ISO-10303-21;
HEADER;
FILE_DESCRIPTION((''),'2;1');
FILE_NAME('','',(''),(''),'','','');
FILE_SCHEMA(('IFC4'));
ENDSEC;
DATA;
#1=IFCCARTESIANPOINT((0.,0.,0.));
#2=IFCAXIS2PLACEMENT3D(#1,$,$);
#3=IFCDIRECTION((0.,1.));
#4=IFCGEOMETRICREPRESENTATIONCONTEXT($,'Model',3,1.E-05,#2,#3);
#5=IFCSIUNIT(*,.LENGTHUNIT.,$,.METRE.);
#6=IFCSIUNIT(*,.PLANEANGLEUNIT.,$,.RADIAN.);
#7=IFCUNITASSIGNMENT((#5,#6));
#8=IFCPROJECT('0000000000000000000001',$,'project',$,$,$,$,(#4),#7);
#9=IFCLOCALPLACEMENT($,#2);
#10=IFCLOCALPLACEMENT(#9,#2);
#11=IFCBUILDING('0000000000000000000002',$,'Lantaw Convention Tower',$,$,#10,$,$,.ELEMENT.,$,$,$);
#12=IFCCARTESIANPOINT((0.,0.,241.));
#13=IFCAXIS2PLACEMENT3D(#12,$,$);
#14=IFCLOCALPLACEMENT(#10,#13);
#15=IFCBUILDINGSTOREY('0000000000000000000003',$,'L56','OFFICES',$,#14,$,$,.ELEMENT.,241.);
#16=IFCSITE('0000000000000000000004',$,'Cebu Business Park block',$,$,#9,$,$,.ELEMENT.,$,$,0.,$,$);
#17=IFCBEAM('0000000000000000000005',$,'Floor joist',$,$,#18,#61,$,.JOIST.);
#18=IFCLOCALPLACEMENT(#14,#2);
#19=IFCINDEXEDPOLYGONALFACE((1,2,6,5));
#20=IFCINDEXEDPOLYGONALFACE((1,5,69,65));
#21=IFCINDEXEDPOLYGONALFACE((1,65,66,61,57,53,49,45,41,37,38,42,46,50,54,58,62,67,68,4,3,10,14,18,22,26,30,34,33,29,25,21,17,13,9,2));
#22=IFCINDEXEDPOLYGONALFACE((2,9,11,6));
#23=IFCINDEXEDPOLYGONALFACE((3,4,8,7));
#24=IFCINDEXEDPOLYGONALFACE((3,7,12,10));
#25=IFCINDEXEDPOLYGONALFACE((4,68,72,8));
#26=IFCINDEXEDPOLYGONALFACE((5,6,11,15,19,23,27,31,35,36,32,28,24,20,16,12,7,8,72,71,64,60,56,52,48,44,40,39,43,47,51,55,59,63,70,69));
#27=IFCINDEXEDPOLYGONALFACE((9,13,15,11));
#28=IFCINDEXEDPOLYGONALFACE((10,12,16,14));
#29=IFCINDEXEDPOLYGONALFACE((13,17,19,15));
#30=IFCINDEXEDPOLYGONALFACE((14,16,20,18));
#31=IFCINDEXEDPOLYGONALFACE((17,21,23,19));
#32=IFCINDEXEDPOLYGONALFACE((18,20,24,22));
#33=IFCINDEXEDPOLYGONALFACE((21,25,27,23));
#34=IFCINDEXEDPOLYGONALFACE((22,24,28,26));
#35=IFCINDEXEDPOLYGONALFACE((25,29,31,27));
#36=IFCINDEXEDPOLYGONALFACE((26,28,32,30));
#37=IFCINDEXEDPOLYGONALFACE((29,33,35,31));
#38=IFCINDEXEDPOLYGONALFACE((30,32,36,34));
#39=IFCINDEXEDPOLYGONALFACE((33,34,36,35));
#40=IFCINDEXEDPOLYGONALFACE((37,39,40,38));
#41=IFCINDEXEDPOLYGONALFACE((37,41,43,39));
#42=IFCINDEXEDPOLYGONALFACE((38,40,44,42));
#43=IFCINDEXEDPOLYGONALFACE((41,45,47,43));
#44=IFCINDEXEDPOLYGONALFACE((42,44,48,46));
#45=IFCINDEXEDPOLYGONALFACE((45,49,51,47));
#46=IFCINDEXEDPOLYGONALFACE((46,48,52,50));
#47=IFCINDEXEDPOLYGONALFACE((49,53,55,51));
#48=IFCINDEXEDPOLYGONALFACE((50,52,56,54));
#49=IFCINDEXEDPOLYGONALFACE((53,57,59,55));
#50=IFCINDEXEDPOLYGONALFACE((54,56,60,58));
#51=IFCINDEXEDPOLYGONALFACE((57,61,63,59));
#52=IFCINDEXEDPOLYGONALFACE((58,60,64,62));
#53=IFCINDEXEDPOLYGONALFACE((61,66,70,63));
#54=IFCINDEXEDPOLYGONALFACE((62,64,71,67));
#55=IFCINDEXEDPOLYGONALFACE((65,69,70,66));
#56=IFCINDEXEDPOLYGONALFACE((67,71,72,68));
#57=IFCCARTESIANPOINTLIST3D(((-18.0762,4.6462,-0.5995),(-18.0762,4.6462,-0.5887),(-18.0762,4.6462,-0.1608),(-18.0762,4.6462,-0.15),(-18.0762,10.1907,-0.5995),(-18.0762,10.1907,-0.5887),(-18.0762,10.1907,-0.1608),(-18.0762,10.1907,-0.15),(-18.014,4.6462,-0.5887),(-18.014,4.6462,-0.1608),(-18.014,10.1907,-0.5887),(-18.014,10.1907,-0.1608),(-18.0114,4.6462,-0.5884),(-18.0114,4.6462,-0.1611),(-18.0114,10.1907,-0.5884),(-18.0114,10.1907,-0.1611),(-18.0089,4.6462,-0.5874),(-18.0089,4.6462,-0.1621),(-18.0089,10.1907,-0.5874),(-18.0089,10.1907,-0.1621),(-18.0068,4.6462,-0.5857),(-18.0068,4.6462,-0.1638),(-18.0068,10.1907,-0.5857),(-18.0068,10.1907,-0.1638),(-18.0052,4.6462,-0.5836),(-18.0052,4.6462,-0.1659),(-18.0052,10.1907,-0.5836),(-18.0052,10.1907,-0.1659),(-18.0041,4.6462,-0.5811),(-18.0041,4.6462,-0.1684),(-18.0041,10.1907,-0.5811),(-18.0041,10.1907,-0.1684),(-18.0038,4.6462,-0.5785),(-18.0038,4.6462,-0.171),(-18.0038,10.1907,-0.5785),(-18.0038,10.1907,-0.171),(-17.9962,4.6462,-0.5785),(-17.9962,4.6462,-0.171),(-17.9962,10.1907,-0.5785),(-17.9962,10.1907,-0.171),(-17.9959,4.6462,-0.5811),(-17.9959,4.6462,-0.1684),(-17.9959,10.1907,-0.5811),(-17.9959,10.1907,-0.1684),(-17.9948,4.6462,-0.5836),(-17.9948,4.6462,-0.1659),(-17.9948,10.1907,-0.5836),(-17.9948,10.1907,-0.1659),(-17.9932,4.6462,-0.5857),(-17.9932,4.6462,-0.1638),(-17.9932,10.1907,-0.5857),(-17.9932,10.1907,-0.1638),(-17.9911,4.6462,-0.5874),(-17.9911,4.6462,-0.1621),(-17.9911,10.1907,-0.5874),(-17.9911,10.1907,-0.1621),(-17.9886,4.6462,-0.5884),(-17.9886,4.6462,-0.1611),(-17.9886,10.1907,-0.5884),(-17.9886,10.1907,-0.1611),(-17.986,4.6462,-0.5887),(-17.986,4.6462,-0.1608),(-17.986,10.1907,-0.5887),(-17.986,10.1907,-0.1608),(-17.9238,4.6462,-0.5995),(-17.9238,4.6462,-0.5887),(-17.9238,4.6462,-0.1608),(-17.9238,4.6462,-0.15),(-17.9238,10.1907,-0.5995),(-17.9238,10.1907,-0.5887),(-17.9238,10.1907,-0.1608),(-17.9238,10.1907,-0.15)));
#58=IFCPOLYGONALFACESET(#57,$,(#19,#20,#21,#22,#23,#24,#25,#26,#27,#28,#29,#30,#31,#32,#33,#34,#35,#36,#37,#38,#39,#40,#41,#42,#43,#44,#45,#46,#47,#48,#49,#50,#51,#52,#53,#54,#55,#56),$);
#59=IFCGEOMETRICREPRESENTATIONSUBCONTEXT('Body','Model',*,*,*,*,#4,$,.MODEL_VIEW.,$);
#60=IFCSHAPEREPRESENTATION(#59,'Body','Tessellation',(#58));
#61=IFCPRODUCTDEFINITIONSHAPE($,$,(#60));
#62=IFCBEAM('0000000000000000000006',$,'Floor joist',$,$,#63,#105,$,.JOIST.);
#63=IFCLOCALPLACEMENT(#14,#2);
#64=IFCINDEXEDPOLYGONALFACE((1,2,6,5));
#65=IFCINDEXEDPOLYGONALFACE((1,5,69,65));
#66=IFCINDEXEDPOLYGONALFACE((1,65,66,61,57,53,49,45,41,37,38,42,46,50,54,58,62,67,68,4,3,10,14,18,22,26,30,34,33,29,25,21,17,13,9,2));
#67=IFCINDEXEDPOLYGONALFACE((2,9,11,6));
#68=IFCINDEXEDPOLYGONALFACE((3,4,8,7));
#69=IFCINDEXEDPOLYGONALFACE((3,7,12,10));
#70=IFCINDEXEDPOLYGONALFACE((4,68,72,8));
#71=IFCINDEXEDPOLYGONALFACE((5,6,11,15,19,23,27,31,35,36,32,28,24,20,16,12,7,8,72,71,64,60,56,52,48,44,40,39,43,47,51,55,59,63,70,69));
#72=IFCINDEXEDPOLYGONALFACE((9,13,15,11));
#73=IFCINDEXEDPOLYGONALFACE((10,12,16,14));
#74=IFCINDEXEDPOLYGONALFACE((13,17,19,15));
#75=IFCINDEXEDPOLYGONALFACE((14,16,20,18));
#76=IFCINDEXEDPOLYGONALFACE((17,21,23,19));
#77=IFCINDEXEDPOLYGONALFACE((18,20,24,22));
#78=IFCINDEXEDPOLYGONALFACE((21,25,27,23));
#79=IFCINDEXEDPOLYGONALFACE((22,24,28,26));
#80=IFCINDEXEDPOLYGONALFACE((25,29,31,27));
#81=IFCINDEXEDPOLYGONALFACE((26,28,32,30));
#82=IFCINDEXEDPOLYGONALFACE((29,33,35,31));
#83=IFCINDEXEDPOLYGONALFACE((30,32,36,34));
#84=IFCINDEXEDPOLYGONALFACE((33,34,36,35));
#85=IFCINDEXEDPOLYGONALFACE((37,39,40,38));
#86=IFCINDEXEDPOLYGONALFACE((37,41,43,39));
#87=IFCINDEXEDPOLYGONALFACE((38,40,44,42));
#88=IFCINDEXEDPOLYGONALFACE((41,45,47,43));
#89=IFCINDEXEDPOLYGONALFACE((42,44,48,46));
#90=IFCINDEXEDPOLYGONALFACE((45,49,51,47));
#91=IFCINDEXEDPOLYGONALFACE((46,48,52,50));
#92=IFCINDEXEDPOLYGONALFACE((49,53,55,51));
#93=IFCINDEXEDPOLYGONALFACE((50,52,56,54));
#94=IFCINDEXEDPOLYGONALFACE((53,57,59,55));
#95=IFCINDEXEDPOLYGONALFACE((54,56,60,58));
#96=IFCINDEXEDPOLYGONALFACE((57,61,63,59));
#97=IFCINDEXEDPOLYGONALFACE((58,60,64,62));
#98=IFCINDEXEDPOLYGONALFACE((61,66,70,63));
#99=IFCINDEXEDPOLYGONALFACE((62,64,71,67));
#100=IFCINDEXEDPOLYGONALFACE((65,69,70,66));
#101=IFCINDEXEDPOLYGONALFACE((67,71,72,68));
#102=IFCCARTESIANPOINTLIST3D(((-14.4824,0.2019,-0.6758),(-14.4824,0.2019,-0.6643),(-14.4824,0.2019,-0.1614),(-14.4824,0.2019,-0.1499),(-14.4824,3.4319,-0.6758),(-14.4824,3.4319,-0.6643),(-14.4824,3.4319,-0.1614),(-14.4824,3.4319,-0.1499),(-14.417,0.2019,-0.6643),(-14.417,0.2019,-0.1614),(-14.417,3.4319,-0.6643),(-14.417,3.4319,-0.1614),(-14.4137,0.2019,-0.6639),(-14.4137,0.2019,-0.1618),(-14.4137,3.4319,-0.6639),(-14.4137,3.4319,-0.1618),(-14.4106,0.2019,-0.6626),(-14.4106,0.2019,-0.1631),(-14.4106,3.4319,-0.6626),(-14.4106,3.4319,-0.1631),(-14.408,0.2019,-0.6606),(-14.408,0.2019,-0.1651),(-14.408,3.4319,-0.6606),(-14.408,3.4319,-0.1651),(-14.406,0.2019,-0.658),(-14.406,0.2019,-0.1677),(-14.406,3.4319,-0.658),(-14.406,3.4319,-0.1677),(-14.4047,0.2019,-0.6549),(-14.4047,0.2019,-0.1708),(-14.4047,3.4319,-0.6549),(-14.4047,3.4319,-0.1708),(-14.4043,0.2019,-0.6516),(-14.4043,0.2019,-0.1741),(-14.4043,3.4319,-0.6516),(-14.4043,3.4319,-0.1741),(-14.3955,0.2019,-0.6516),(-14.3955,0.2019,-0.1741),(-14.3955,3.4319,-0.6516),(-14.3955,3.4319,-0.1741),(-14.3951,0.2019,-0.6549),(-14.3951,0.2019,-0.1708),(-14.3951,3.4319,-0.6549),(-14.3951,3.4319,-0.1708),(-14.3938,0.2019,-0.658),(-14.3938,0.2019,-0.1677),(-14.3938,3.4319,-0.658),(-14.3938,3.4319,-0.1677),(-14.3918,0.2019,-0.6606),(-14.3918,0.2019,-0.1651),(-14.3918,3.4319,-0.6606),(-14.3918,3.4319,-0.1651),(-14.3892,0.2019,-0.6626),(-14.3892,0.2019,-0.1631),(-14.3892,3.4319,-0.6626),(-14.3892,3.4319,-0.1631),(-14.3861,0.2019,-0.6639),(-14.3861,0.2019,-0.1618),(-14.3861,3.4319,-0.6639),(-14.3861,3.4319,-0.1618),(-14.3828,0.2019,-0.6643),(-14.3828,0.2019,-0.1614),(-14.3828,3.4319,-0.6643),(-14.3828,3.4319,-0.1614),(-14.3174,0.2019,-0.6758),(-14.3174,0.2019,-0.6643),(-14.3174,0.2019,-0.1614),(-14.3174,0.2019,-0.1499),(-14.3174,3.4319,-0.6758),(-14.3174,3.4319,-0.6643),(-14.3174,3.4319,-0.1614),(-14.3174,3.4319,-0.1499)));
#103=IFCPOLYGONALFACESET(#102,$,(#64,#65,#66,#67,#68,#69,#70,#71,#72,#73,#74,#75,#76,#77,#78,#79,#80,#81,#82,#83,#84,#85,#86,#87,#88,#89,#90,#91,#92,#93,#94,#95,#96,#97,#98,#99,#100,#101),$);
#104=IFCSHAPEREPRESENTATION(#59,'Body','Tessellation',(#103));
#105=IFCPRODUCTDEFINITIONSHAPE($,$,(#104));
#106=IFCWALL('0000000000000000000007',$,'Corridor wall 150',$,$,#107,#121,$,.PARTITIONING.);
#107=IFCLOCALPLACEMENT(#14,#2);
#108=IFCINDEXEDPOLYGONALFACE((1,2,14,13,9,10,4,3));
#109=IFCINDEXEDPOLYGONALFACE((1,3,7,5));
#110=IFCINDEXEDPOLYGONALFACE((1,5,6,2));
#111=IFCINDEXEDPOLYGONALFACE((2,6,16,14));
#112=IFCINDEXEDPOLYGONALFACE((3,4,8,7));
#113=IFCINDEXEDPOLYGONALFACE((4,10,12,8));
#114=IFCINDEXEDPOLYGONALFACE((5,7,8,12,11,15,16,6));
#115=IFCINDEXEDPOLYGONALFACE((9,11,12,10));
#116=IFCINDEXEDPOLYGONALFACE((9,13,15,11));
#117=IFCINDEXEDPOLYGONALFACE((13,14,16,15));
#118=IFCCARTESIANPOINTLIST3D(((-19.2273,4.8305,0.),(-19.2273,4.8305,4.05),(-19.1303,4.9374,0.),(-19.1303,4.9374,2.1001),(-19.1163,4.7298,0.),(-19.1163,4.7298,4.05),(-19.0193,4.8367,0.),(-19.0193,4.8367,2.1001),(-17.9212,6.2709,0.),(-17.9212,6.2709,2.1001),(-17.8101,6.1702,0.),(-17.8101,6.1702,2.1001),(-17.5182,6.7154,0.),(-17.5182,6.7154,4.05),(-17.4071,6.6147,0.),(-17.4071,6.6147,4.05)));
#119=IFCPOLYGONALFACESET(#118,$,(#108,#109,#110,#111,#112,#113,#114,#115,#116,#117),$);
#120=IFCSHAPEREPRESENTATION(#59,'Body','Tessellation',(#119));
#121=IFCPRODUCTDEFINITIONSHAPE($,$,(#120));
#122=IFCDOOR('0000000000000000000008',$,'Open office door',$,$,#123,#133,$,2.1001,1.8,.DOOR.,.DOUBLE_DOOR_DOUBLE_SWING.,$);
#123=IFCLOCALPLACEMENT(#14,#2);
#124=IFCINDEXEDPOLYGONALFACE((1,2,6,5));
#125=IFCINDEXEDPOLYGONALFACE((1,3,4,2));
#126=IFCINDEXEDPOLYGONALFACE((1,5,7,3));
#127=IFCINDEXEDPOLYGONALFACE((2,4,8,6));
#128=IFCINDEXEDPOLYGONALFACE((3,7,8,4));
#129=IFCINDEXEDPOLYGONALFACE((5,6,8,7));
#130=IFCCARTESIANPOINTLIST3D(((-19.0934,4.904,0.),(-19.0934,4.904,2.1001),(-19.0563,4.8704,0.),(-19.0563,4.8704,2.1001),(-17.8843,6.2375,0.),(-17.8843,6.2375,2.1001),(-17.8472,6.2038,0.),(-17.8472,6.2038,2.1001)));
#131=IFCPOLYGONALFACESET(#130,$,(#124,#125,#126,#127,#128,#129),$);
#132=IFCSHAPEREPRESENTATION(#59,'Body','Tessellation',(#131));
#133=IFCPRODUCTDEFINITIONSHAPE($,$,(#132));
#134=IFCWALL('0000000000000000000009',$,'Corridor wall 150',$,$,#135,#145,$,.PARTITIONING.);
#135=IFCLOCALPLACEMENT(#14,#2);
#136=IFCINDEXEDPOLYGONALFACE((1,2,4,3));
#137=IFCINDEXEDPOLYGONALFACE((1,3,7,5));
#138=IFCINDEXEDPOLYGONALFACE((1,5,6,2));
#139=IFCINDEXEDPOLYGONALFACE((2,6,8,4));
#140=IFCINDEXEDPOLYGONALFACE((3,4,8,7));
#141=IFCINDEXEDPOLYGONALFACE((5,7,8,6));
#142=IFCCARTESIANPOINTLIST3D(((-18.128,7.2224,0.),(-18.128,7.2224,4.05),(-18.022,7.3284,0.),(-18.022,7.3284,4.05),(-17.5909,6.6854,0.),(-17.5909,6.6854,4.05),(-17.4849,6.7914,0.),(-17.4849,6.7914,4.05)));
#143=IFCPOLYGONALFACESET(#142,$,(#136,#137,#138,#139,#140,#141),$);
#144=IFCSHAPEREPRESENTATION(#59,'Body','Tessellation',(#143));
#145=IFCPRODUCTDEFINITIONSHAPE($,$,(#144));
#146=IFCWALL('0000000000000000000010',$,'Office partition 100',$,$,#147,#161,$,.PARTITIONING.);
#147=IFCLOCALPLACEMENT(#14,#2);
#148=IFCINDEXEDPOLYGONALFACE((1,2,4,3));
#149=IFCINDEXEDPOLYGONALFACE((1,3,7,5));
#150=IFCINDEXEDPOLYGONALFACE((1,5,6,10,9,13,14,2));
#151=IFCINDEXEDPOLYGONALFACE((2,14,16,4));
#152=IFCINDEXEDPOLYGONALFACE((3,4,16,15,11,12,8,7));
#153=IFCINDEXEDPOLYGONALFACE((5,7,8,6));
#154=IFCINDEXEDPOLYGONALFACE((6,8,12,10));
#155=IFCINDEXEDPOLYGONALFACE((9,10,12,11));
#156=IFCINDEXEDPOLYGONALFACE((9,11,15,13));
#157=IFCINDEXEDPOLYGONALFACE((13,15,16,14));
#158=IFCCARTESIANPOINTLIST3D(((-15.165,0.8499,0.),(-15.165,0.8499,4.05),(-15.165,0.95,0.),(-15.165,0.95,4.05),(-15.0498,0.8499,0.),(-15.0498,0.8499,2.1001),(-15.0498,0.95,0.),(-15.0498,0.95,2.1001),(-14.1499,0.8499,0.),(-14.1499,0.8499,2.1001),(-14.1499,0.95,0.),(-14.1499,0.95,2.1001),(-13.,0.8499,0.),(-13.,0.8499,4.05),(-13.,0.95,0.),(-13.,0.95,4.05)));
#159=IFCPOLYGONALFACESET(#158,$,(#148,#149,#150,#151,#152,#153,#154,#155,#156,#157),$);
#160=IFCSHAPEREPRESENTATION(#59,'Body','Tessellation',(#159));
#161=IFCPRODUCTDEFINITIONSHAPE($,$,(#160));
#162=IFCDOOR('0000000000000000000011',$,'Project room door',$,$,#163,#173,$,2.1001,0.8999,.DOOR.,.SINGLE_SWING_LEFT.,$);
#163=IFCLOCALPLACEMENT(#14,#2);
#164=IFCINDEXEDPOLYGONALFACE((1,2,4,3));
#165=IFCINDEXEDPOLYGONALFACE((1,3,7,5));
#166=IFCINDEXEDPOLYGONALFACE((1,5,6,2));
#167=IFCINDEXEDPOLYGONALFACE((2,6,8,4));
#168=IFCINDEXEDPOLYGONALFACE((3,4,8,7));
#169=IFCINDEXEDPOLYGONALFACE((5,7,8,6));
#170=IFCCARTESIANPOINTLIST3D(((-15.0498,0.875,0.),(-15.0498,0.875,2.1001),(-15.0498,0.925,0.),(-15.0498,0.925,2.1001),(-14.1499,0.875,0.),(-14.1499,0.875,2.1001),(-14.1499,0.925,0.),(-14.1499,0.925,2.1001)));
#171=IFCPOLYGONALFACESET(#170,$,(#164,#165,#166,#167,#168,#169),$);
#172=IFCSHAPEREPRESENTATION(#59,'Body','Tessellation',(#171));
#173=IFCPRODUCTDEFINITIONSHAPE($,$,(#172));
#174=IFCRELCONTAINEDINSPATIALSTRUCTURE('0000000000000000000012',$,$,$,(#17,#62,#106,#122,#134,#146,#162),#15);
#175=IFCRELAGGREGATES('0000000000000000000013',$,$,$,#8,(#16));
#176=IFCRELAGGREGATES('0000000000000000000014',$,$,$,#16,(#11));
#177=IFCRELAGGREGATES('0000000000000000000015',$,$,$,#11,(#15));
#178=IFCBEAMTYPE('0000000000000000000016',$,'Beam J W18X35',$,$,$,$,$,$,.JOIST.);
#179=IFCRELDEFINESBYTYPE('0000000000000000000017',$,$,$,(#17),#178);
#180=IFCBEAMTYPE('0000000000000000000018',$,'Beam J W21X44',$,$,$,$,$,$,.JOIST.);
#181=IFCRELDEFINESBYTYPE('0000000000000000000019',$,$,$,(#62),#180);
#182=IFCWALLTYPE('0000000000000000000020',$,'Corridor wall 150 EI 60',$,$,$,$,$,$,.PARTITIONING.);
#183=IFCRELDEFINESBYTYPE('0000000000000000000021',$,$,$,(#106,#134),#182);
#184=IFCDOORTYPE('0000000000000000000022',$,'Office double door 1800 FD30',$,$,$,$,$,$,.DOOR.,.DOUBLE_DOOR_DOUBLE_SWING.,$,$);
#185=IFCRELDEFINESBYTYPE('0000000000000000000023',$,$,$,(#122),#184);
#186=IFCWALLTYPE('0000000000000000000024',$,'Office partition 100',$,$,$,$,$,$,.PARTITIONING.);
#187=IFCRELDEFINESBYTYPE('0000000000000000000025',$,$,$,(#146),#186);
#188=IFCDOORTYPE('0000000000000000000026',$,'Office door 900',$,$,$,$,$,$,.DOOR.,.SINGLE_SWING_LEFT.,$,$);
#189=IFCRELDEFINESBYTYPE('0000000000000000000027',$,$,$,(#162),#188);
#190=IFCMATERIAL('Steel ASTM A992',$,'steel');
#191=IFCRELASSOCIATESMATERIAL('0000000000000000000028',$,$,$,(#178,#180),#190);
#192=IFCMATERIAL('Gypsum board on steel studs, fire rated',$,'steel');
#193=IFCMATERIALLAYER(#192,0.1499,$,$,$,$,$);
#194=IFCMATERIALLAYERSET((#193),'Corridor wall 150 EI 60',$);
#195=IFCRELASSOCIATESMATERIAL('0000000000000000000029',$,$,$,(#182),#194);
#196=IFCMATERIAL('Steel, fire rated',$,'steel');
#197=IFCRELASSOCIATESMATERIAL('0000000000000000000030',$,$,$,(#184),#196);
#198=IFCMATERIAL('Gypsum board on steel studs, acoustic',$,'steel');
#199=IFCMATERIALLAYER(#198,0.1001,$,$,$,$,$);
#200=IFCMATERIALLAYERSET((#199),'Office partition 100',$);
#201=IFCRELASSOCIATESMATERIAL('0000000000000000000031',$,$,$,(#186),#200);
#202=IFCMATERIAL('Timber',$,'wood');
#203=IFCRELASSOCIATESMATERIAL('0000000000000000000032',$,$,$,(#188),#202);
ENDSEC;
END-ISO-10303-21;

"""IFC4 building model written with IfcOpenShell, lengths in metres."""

from ifc_helpers import new_model, si_unit, direction, frame, frame_2d, origin, origin_2d, place, context, subcontext, project, spatial, rectangle, i_section, extrude, material, layer, layer_set, material_profile, profile_set, type_object, element, fill, save


model = new_model("IFC4")

# Units and contexts
model_context = context("Model", 3, precision=1e-05, world=origin(), true_north=direction((0.0, 1.0)))
body_context = subcontext(model_context, "Body", "Model", "MODEL_VIEW")
ifc_project = project(units=[si_unit("LENGTHUNIT", "METRE"), si_unit("PLANEANGLEUNIT", "RADIAN")], contexts=[model_context])

# Site, building, storey
site_placement = place(None, origin())
site = spatial("IfcSite", under=ifc_project, at=site_placement, Name="Cebu Business Park block", CompositionType="ELEMENT", RefElevation=0.0)
building_placement = place(site_placement, origin())
building = spatial("IfcBuilding", under=site, at=building_placement, Name="Lantaw Convention Tower", CompositionType="ELEMENT")
storey_placement = place(building_placement, frame((0.0, 0.0, 241.0)))
storey = spatial("IfcBuildingStorey", under=building, at=storey_placement, Name="L56", Description="OFFICES", CompositionType="ELEMENT", Elevation=241.0)

# Beams
ifc_material_1 = material(Name="Steel ASTM A992", Category="steel")
ifc_material_profile_1 = material_profile(ifc_material_1, i_section(OverallWidth=0.1523, OverallDepth=0.4495, WebThickness=0.0076, FlangeThickness=0.0107, FilletRadius=0.0103, at=origin_2d()), Name="W18X35")
ifc_profile_set_1 = profile_set([ifc_material_profile_1], Name="Steel ASTM A992")
beam_type_1 = type_object("IfcBeamType", Name="Beam J W18X35", PredefinedType="JOIST", material=ifc_profile_set_1)
beam_1_placement = place(storey_placement, frame((-18.0, 4.6462, -0.3748), z_axis=(0.0, 1.0, 0.0), x_axis=(-1.0, 0.0, 0.0)))
element("IfcBeam", 1, at=beam_1_placement, inside=storey, type_object=beam_type_1, Name="Floor joist", PredefinedType="JOIST", context=body_context, shape_type="SweptSolid", body=[
    extrude(i_section(OverallWidth=0.1523, OverallDepth=0.4495, WebThickness=0.0076, FlangeThickness=0.0107, FilletRadius=0.0103, at=origin_2d()), origin(), (0.0, 0.0, 1.0), 5.5444),
])
ifc_material_profile_2 = material_profile(ifc_material_1, i_section(OverallWidth=0.165, OverallDepth=0.5259, WebThickness=0.0088, FlangeThickness=0.0115, FilletRadius=0.0127, at=origin_2d()), Name="W21X44")
ifc_profile_set_2 = profile_set([ifc_material_profile_2], Name="Steel ASTM A992")
beam_type_2 = type_object("IfcBeamType", Name="Beam J W21X44", PredefinedType="JOIST", material=ifc_profile_set_2)
beam_2_placement = place(storey_placement, frame((-14.3999, 0.2019, -0.4128), z_axis=(0.0, 1.0, 0.0), x_axis=(-1.0, 0.0, 0.0)))
element("IfcBeam", 2, at=beam_2_placement, inside=storey, type_object=beam_type_2, Name="Floor joist", PredefinedType="JOIST", context=body_context, shape_type="SweptSolid", body=[
    extrude(i_section(OverallWidth=0.165, OverallDepth=0.5259, WebThickness=0.0088, FlangeThickness=0.0115, FilletRadius=0.0127, at=origin_2d()), origin(), (0.0, 0.0, 1.0), 3.23),
])

# Wall, opening, door
ifc_material_2 = material(Name="Gypsum board on steel studs, fire rated", Category="steel")
ifc_layer_1 = layer(ifc_material_2, 0.1499)
ifc_layer_set_1 = layer_set([ifc_layer_1], Name="Corridor wall 150 EI 60")
wall_type_1 = type_object("IfcWallType", Name="Corridor wall 150 EI 60", PredefinedType="PARTITIONING", material=ifc_layer_set_1)
wall_1_placement = place(storey_placement, frame((-17.4626, 6.665, 0.0), z_axis=(0.0, 0.0, 1.0), x_axis=(-0.671722, -0.740803, 0.0)))
wall_1 = element("IfcWall", 3, at=wall_1_placement, inside=storey, type_object=wall_type_1, Name="Corridor wall 150", PredefinedType="PARTITIONING", context=body_context, shape_type="SweptSolid", body=[
    extrude(rectangle(XDim=2.5444, YDim=0.1499, at=frame_2d((1.2722, 0.0))), origin(), (0.0, 0.0, 1.0), 4.05),
])
opening_1_placement = place(wall_1_placement, frame((0.6001, 0.0, 0.0)))
opening_1 = element("IfcOpeningElement", 4, at=opening_1_placement, cuts=wall_1, PredefinedType="OPENING", context=body_context, shape_type="SweptSolid", body=[
    extrude(rectangle(XDim=1.8, YDim=2.1001, at=frame_2d((0.8999, 1.05))), frame((0.0, 0.085, 0.0), z_axis=(0.0, -1.0, 0.0), x_axis=(1.0, 0.0, 0.0)), (0.0, 0.0, 1.0), 0.1699),
])
ifc_material_3 = material(Name="Steel, fire rated", Category="steel")
door_type_1 = type_object("IfcDoorType", Name="Office double door 1800 FD30", OperationType="DOUBLE_DOOR_DOUBLE_SWING", PredefinedType="DOOR", material=ifc_material_3)
door_1_placement = place(opening_1_placement, origin())
door_1 = element("IfcDoor", 5, at=door_1_placement, inside=storey, type_object=door_type_1, Name="Open office door", OperationType="DOUBLE_DOOR_DOUBLE_SWING", OverallHeight=2.1001, OverallWidth=1.8, PredefinedType="DOOR", context=body_context, shape_type="SweptSolid", body=[
    extrude(rectangle(XDim=1.8, YDim=2.1001, at=frame_2d((0.8999, 1.05))), frame((0.0, 0.0249, 0.0), z_axis=(0.0, -1.0, 0.0), x_axis=(1.0, 0.0, 0.0)), (0.0, 0.0, 1.0), 0.05),
])
fill(opening_1, door_1)

# Wall
wall_2_placement = place(storey_placement, frame((-17.5378, 6.7383, 0.0), z_axis=(0.0, 0.0, 1.0), x_axis=(-0.707107, 0.707107, 0.0)))
element("IfcWall", 6, at=wall_2_placement, inside=storey, type_object=wall_type_1, Name="Corridor wall 150", PredefinedType="PARTITIONING", context=body_context, shape_type="SweptSolid", body=[
    extrude(rectangle(XDim=0.7595, YDim=0.1499, at=frame_2d((0.3799, 0.0))), origin(), (0.0, 0.0, 1.0), 4.05),
])

# Wall, opening, door
ifc_material_4 = material(Name="Gypsum board on steel studs, acoustic", Category="steel")
ifc_layer_2 = layer(ifc_material_4, 0.1001)
ifc_layer_set_2 = layer_set([ifc_layer_2], Name="Office partition 100")
wall_type_2 = type_object("IfcWallType", Name="Office partition 100", PredefinedType="PARTITIONING", material=ifc_layer_set_2)
wall_3_placement = place(storey_placement, frame((-13.0, 0.8999, 0.0), z_axis=(0.0, 0.0, 1.0), x_axis=(-1.0, 0.0, 0.0)))
wall_3 = element("IfcWall", 7, at=wall_3_placement, inside=storey, type_object=wall_type_2, Name="Office partition 100", PredefinedType="PARTITIONING", context=body_context, shape_type="SweptSolid", body=[
    extrude(rectangle(XDim=2.165, YDim=0.1001, at=frame_2d((1.0825, 0.0))), origin(), (0.0, 0.0, 1.0), 4.05),
])
opening_2_placement = place(wall_3_placement, frame((1.1499, 0.0, 0.0)))
opening_2 = element("IfcOpeningElement", 8, at=opening_2_placement, cuts=wall_3, PredefinedType="OPENING", context=body_context, shape_type="SweptSolid", body=[
    extrude(rectangle(XDim=0.8999, YDim=2.1001, at=frame_2d((0.45, 1.05))), frame((0.0, 0.0601, 0.0), z_axis=(0.0, -1.0, 0.0), x_axis=(1.0, 0.0, 0.0)), (0.0, 0.0, 1.0), 0.1201),
])
ifc_material_5 = material(Name="Timber", Category="wood")
door_type_2 = type_object("IfcDoorType", Name="Office door 900", OperationType="SINGLE_SWING_LEFT", PredefinedType="DOOR", material=ifc_material_5)
door_2_placement = place(opening_2_placement, origin())
door_2 = element("IfcDoor", 9, at=door_2_placement, inside=storey, type_object=door_type_2, Name="Project room door", OperationType="SINGLE_SWING_LEFT", OverallHeight=2.1001, OverallWidth=0.8999, PredefinedType="DOOR", context=body_context, shape_type="SweptSolid", body=[
    extrude(rectangle(XDim=0.8999, YDim=2.1001, at=frame_2d((0.45, 1.05))), frame((0.0, 0.0249, 0.0), z_axis=(0.0, -1.0, 0.0), x_axis=(1.0, 0.0, 0.0)), (0.0, 0.0, 1.0), 0.05),
])
fill(opening_2, door_2)

save(model, "model.ifc")
